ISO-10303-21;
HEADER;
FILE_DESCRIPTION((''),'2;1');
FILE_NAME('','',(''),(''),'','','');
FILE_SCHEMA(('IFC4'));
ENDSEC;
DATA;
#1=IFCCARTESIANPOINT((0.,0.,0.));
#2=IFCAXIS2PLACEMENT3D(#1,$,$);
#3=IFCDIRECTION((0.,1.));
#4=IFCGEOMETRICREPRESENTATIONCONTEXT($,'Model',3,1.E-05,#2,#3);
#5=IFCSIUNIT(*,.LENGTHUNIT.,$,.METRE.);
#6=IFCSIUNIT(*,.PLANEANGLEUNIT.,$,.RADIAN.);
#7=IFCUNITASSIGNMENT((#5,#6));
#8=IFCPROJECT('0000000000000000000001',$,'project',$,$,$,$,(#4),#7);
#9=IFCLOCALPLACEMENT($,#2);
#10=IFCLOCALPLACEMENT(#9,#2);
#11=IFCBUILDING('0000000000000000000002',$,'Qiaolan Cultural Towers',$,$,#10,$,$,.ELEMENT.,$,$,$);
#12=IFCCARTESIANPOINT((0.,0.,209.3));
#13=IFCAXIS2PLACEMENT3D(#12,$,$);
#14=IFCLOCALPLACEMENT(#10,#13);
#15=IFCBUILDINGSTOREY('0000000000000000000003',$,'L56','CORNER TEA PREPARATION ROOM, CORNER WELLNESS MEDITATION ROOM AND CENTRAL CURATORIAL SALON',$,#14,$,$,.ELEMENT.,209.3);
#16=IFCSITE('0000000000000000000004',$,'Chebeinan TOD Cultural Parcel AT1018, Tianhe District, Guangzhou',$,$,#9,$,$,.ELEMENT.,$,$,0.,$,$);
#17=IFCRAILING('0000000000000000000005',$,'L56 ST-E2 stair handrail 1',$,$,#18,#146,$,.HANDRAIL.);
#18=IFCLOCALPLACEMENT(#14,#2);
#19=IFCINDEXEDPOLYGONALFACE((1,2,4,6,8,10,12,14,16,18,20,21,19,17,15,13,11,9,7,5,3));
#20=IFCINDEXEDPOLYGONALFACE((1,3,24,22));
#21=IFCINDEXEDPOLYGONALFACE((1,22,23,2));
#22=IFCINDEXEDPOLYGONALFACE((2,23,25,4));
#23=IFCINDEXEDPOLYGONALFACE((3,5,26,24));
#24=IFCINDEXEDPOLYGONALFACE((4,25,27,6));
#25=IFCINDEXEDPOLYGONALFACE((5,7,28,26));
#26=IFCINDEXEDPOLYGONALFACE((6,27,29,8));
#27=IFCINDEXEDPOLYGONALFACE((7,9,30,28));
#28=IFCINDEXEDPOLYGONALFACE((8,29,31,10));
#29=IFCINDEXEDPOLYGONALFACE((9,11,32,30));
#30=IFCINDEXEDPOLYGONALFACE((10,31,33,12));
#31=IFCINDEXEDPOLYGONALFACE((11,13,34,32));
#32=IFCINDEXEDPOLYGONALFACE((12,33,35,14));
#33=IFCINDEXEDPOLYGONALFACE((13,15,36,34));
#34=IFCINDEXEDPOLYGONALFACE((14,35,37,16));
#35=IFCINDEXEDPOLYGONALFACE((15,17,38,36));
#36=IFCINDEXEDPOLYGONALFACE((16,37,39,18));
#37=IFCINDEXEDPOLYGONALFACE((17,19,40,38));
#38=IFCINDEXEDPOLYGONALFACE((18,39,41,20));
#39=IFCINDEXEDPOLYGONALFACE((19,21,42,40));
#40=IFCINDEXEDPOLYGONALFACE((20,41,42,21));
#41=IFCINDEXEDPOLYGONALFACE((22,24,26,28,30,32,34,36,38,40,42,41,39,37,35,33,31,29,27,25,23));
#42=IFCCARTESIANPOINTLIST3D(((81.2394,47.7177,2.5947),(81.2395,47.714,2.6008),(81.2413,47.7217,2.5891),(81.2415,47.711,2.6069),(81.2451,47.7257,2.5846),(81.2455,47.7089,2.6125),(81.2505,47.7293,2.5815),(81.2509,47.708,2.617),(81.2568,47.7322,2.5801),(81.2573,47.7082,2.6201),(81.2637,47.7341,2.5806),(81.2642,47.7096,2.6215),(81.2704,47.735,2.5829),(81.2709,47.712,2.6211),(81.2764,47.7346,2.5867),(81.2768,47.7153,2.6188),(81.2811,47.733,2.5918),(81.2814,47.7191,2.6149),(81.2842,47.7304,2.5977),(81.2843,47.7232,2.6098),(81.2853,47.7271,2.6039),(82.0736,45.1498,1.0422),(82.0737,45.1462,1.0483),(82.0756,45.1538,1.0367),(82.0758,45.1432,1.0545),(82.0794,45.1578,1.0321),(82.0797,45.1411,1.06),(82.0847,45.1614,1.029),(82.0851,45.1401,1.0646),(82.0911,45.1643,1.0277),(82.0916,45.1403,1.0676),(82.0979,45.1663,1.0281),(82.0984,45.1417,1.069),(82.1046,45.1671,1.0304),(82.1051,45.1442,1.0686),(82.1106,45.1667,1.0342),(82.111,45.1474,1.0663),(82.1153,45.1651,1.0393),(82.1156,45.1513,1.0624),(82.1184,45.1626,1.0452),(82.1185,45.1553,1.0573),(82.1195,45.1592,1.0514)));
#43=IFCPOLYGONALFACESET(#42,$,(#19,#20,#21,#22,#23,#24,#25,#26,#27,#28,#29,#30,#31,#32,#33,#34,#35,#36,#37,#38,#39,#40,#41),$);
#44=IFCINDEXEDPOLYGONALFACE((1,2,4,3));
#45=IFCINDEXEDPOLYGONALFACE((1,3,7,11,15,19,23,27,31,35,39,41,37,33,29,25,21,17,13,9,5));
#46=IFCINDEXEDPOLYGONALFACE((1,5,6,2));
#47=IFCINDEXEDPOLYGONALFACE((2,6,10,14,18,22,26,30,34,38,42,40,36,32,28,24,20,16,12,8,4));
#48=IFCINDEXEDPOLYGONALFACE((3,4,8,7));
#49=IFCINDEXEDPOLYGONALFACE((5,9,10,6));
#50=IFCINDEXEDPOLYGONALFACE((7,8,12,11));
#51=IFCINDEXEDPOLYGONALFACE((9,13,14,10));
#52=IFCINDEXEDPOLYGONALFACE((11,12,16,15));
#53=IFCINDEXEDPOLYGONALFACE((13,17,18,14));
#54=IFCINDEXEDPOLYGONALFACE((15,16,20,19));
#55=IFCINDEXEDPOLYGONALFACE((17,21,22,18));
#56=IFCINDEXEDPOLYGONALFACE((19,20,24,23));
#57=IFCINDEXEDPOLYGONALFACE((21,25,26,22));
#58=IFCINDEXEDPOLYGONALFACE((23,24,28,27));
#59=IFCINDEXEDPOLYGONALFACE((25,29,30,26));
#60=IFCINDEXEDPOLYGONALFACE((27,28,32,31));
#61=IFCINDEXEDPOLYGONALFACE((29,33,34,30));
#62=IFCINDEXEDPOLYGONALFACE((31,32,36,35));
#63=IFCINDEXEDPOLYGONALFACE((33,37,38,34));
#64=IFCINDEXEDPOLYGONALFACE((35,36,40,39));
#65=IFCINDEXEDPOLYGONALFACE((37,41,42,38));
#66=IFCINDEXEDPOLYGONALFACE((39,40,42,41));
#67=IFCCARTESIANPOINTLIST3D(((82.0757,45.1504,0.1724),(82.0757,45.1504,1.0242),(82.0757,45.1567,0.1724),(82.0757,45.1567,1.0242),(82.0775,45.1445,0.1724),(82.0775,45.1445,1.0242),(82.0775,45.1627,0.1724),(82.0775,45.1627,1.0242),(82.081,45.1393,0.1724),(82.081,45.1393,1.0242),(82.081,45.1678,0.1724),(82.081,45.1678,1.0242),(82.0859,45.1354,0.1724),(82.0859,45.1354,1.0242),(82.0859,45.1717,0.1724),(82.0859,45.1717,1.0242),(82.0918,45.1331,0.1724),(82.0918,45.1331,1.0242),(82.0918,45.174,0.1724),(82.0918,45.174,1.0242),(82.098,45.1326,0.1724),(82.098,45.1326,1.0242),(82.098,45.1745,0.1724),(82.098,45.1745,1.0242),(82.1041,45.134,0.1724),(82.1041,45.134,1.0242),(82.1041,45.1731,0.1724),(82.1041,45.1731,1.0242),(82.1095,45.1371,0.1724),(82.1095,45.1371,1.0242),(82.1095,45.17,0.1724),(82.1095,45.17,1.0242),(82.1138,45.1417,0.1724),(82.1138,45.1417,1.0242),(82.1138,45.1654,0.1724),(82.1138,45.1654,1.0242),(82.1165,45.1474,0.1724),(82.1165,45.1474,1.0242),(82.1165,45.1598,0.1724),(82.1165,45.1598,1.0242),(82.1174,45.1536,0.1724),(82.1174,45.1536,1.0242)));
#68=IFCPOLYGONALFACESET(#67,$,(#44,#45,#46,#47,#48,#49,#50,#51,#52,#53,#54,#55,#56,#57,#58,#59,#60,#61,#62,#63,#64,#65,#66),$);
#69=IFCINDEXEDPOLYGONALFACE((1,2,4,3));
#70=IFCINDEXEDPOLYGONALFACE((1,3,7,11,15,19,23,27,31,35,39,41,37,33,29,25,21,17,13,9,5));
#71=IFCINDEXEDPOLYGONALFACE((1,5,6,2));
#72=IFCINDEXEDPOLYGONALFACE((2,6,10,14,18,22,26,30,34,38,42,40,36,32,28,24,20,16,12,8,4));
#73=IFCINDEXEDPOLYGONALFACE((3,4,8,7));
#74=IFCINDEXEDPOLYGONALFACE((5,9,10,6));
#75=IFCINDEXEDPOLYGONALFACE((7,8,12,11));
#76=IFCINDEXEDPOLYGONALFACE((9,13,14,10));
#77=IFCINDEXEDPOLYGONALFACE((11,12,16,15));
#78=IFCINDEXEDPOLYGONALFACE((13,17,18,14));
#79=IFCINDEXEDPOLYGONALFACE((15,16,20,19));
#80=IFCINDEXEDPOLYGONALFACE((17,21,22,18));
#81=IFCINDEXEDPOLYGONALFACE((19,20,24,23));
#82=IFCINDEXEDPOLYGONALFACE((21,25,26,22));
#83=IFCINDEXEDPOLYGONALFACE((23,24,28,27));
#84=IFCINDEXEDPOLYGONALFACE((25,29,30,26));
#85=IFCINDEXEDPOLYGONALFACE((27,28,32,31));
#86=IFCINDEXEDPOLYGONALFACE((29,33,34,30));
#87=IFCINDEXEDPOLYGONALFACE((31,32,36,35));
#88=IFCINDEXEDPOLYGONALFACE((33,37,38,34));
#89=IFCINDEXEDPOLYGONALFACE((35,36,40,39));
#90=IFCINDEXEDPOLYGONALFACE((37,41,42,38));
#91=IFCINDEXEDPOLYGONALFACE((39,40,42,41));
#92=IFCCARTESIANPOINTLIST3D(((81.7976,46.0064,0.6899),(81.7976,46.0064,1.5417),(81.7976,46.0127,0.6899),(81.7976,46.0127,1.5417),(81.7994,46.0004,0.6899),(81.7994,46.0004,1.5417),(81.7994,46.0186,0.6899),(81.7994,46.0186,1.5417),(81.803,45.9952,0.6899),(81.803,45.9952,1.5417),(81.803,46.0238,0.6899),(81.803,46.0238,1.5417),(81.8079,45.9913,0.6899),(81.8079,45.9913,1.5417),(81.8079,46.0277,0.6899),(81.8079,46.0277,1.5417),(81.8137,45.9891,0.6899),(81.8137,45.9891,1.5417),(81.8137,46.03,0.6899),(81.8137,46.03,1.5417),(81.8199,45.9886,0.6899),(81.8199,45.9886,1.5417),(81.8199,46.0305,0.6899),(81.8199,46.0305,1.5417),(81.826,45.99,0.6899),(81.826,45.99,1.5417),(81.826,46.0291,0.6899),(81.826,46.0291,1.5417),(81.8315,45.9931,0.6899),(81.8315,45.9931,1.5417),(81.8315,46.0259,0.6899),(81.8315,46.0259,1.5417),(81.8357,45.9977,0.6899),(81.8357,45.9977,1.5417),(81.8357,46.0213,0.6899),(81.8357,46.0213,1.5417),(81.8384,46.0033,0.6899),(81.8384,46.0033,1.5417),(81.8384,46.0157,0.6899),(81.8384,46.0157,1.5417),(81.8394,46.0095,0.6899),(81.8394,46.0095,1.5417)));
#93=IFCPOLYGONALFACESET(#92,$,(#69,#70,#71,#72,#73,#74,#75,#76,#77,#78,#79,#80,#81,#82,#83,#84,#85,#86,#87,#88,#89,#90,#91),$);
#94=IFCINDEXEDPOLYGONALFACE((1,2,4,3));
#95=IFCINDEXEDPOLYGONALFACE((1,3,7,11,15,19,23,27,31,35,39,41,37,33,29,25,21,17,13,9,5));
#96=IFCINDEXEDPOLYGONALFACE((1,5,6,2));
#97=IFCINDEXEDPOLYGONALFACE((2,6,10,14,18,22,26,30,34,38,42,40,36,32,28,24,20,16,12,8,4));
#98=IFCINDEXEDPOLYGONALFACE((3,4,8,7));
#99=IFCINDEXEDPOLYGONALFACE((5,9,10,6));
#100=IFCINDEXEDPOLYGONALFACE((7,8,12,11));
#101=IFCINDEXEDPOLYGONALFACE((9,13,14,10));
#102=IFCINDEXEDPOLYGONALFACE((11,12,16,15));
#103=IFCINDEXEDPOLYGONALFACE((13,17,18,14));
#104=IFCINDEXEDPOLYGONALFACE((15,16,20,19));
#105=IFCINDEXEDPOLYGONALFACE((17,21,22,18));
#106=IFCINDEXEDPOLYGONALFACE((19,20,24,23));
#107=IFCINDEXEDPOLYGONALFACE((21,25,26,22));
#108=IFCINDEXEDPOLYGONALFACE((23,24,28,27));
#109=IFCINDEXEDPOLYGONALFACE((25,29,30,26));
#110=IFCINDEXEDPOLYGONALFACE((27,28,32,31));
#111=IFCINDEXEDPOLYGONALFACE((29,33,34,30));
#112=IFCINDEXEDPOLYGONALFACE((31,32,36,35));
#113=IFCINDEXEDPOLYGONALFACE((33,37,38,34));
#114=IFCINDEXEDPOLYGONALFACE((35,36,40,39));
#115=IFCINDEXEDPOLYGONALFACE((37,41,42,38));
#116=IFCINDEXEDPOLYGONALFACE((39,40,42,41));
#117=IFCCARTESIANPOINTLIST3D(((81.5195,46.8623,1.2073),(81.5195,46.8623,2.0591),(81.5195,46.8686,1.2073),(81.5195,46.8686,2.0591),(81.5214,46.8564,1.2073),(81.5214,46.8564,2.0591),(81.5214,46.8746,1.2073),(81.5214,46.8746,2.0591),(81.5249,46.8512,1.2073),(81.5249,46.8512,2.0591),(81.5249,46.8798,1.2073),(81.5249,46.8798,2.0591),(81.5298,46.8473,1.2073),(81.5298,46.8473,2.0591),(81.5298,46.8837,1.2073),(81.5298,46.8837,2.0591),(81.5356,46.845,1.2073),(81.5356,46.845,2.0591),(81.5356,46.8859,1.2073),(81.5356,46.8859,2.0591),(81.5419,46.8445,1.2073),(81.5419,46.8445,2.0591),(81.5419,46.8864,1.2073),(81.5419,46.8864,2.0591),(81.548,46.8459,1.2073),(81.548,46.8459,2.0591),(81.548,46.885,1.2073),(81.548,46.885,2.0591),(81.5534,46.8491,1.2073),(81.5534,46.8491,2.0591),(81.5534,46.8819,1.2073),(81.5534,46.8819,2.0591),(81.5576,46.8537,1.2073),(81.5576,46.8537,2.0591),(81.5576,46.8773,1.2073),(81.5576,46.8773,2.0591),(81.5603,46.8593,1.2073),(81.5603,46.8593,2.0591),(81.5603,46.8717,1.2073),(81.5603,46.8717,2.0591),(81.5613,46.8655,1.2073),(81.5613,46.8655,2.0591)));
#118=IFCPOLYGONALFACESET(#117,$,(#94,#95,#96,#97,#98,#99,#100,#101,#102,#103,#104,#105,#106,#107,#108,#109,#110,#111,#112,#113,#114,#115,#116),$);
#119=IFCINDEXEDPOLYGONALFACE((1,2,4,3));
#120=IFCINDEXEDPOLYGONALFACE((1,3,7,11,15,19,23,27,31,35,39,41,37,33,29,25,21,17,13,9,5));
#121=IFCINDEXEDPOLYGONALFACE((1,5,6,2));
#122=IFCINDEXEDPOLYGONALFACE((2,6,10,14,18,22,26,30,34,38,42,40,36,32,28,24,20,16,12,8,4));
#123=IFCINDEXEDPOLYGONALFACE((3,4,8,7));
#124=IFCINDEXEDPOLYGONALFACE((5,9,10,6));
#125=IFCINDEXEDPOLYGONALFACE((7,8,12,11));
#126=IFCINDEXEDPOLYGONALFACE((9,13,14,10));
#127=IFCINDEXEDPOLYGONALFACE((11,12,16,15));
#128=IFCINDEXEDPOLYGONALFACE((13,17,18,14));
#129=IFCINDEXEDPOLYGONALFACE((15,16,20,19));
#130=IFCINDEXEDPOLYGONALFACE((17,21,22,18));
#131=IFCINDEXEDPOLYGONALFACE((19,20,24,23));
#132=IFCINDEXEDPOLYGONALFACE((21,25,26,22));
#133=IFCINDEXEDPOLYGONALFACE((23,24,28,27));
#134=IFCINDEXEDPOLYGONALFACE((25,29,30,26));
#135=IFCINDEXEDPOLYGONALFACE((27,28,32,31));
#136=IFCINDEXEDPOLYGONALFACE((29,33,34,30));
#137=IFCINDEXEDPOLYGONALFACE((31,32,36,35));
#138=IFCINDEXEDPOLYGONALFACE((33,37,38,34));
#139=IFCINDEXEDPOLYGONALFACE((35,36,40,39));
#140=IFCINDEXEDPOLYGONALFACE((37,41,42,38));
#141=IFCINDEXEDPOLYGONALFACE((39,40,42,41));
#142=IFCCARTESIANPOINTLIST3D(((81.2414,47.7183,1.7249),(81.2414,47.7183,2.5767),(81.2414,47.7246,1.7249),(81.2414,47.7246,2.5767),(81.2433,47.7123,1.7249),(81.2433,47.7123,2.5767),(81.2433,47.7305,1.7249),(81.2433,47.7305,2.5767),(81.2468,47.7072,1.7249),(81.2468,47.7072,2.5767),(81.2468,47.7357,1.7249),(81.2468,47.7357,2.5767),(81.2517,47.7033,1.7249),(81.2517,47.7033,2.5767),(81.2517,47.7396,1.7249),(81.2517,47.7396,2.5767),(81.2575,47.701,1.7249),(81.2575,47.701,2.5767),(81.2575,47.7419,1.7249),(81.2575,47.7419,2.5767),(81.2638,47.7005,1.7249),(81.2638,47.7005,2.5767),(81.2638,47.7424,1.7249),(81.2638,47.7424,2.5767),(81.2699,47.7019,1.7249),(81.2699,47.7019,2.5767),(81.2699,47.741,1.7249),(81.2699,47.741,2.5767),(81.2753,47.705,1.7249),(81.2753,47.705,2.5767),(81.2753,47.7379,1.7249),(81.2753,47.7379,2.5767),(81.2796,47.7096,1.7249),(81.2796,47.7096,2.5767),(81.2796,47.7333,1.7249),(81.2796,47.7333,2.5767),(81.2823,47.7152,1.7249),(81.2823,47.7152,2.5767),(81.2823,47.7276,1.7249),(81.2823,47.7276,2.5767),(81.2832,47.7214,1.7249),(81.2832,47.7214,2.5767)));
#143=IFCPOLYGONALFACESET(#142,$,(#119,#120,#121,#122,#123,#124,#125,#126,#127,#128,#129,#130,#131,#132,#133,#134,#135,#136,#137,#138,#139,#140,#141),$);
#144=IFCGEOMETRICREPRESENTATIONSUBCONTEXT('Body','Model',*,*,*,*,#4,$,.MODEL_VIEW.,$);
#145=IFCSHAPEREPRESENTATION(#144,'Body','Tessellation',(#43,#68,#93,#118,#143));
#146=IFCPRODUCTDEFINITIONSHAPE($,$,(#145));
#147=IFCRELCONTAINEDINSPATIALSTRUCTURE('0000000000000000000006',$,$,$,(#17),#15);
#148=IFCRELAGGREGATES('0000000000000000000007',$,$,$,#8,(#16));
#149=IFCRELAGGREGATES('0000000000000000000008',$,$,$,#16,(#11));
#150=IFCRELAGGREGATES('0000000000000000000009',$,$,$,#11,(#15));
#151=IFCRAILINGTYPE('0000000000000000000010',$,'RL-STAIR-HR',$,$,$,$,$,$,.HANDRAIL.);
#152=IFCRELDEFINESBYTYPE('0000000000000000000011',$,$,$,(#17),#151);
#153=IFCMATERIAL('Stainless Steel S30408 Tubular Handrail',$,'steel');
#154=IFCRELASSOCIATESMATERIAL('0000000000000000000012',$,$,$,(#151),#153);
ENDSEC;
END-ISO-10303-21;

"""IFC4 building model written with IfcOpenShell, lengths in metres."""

from ifc_helpers import new_model, si_unit, direction, frame, origin, origin_2d, place, context, subcontext, project, spatial, circle, extrude, material, type_object, element, save


model = new_model("IFC4")

# Units and contexts
model_context = context("Model", 3, precision=1e-05, world=origin(), true_north=direction((0.0, 1.0)))
body_context = subcontext(model_context, "Body", "Model", "MODEL_VIEW")
ifc_project = project(units=[si_unit("LENGTHUNIT", "METRE"), si_unit("PLANEANGLEUNIT", "RADIAN")], contexts=[model_context])

# Site, building, storey
site_placement = place(None, origin())
site = spatial("IfcSite", under=ifc_project, at=site_placement, Name="Chebeinan TOD Cultural Parcel AT1018, Tianhe District, Guangzhou", CompositionType="ELEMENT", RefElevation=0.0)
building_placement = place(site_placement, origin())
building = spatial("IfcBuilding", under=site, at=building_placement, Name="Qiaolan Cultural Towers", CompositionType="ELEMENT")
storey_placement = place(building_placement, frame((0.0, 0.0, 209.3)))
storey = spatial("IfcBuildingStorey", under=building, at=storey_placement, Name="L56", Description="CORNER TEA PREPARATION ROOM, CORNER WELLNESS MEDITATION ROOM AND CENTRAL CURATORIAL SALON", CompositionType="ELEMENT", Elevation=209.3)

# Railing
ifc_material_1 = material(Name="Stainless Steel S30408 Tubular Handrail", Category="steel")
railing_type_1 = type_object("IfcRailingType", Name="RL-STAIR-HR", PredefinedType="HANDRAIL", material=ifc_material_1)
railing_1_placement = place(storey_placement, frame((82.0964, 45.1536, 0.1724)))
element("IfcRailing", 1, at=railing_1_placement, inside=storey, type_object=railing_type_1, Name="L56 ST-E2 stair handrail 1", PredefinedType="HANDRAIL", context=body_context, shape_type="SweptSolid", body=[
    extrude(circle(Radius=0.0239, at=origin_2d()), frame((0.0, 0.0, 0.876), z_axis=(-0.267853, 0.824488, 0.498471), x_axis=(-0.95107, -0.308976, 0.0)), (0.0, 0.0, 1.0), 3.1145),
    extrude(circle(Radius=0.021, at=origin_2d()), origin(), (0.0, 0.0, 1.0), 0.8518),
    extrude(circle(Radius=0.021, at=origin_2d()), frame((-0.2781, 0.856, 0.5176)), (0.0, 0.0, 1.0), 0.8518),
    extrude(circle(Radius=0.021, at=origin_2d()), frame((-0.5562, 1.7119, 1.0349)), (0.0, 0.0, 1.0), 0.8518),
    extrude(circle(Radius=0.021, at=origin_2d()), frame((-0.8342, 2.5679, 1.5525)), (0.0, 0.0, 1.0), 0.8518),
])

save(model, "model.ifc")
